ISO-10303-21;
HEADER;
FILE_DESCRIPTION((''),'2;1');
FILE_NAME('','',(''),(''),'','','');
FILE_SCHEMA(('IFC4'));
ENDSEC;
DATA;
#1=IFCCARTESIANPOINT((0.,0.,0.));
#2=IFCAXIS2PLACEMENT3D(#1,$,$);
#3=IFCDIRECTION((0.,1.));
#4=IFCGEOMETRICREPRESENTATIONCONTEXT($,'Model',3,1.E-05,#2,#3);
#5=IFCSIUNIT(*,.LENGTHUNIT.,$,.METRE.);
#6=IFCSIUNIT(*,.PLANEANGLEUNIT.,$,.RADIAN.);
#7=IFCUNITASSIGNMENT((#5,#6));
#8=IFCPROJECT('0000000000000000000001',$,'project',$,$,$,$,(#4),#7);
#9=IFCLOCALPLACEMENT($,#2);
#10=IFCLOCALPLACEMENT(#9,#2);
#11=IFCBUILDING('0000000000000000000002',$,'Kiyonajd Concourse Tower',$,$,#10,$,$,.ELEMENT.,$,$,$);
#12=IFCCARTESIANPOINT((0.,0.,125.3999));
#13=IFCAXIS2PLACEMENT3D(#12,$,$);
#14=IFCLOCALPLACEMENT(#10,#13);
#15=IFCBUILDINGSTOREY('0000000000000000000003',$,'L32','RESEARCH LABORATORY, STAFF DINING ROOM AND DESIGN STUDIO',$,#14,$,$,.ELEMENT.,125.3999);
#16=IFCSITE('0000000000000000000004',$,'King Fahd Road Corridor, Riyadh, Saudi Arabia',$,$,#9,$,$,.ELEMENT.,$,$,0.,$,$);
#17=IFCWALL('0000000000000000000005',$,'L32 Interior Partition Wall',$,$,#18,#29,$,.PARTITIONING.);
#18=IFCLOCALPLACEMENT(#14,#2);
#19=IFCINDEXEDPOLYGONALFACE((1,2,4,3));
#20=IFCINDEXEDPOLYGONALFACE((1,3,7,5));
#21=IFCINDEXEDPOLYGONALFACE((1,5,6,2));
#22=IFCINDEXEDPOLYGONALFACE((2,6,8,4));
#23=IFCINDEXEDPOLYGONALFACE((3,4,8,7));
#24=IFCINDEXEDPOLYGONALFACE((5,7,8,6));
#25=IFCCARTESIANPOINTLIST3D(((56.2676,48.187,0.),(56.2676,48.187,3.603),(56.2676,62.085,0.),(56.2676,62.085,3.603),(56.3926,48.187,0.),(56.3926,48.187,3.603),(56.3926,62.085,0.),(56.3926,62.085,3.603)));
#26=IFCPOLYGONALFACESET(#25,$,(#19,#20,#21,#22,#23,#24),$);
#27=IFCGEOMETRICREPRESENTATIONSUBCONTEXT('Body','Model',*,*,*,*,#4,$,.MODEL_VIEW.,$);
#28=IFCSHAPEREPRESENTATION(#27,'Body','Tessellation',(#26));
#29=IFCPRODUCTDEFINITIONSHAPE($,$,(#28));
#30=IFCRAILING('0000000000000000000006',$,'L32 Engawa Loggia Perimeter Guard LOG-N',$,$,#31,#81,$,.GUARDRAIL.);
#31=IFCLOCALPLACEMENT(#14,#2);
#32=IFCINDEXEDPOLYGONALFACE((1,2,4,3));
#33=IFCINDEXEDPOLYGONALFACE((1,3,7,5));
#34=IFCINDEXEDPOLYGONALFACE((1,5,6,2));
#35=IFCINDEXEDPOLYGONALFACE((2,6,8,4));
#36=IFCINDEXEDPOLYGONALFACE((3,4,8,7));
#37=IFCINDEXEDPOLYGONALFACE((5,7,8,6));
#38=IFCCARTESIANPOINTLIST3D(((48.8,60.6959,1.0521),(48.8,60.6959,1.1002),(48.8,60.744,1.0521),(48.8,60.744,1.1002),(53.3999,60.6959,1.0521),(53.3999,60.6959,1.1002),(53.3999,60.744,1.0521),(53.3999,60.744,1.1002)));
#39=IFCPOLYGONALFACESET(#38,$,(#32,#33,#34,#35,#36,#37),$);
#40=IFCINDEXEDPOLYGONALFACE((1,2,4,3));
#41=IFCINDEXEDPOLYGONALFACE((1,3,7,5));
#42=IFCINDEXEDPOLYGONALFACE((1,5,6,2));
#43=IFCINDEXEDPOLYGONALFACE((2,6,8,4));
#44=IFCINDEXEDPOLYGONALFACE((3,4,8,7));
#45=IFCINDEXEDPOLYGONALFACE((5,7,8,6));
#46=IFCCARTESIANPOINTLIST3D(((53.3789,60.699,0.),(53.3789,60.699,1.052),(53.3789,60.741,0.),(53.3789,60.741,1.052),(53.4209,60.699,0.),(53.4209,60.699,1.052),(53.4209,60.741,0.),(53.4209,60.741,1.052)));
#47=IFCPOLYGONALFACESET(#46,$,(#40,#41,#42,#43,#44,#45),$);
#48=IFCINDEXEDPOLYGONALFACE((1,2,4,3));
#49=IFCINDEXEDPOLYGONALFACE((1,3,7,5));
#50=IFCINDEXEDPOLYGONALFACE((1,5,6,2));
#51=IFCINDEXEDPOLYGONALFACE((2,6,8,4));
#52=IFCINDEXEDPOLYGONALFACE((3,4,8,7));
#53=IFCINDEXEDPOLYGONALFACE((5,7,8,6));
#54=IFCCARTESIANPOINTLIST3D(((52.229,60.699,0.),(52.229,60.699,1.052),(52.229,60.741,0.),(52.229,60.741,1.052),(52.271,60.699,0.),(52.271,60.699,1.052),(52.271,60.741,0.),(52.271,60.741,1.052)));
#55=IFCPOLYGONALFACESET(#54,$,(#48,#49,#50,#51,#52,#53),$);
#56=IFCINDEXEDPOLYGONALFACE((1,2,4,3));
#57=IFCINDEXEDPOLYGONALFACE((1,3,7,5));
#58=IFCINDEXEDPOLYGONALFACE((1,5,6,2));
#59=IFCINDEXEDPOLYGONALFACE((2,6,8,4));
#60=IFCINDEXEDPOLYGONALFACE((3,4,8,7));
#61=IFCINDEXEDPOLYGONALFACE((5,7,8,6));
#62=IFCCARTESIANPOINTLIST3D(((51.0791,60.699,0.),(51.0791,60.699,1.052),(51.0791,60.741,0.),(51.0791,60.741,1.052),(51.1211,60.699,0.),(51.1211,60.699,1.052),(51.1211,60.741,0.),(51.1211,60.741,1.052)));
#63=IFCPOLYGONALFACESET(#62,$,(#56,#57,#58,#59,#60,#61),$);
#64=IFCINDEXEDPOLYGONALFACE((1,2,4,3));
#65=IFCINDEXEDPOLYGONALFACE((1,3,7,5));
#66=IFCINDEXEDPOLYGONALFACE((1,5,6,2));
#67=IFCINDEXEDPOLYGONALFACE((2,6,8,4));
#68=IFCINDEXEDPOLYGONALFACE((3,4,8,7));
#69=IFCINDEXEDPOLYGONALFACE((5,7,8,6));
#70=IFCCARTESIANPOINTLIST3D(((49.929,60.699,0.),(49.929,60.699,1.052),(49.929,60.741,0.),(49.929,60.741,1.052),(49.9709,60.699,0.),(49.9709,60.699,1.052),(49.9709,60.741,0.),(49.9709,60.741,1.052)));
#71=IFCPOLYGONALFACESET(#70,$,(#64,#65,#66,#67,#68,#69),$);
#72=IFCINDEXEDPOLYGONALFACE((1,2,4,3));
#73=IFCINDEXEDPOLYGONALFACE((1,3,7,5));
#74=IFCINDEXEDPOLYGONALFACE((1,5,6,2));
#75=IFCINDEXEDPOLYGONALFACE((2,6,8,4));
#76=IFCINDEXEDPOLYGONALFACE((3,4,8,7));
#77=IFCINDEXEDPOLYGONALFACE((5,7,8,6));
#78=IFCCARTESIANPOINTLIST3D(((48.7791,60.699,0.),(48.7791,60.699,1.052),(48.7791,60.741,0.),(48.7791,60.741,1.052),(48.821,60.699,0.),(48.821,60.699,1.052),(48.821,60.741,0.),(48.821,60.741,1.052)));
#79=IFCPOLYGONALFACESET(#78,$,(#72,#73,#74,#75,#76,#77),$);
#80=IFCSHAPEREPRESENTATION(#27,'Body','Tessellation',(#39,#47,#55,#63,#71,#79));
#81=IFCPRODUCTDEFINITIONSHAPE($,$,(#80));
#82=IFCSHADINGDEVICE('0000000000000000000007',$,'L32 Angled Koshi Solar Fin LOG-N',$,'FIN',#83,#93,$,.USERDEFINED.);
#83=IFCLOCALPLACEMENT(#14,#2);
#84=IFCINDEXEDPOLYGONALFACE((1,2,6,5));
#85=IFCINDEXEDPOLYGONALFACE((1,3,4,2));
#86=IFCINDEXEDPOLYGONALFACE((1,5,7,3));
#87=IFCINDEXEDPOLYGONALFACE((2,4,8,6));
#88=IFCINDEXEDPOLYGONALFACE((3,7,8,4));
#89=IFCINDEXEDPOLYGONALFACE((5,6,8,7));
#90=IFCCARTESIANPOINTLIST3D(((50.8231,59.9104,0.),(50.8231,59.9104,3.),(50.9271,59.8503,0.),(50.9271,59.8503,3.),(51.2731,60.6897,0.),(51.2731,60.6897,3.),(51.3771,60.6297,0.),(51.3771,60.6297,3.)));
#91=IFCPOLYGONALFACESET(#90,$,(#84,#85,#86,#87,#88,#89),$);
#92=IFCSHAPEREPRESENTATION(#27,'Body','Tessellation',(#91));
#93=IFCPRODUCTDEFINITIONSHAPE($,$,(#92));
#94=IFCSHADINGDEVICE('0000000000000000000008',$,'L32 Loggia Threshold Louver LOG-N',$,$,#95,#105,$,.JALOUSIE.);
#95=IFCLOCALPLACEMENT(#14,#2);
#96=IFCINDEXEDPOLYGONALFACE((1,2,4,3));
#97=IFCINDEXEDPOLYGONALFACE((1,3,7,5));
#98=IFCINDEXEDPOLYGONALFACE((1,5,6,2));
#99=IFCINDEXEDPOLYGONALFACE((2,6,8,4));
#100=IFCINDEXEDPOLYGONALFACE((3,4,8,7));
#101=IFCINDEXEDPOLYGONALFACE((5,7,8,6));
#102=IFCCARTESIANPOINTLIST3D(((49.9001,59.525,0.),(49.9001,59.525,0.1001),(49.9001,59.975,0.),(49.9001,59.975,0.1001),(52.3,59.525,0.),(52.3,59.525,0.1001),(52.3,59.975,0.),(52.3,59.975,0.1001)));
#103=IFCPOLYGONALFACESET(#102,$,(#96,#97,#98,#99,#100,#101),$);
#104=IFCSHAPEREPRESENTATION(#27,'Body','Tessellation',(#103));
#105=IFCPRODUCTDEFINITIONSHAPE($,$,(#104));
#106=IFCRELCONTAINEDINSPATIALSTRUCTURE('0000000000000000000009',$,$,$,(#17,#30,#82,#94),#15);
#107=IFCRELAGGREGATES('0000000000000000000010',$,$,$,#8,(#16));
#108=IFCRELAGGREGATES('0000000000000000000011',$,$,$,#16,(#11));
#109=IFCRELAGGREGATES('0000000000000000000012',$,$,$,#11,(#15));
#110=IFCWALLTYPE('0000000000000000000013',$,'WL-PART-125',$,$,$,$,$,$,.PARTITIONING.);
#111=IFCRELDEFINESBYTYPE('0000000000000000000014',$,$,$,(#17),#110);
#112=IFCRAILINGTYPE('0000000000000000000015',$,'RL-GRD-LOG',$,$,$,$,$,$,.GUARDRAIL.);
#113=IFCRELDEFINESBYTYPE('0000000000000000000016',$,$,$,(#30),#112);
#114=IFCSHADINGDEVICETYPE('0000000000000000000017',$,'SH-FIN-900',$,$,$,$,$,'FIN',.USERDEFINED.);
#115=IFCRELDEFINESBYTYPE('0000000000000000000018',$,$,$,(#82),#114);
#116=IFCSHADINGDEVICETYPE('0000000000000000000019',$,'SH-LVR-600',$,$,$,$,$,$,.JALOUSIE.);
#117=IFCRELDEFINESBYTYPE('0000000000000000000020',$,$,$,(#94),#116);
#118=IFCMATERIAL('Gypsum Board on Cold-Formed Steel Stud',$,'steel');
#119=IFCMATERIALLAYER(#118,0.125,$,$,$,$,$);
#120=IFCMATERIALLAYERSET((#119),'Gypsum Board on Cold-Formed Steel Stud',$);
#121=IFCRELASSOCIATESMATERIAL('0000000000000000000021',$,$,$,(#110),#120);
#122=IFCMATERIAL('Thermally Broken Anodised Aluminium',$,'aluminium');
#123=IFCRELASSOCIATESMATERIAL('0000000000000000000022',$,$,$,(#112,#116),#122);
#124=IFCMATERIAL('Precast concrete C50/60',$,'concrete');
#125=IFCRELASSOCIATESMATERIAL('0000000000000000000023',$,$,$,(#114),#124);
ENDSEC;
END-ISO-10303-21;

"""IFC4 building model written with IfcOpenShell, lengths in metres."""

from ifc_helpers import new_model, si_unit, direction, frame, frame_2d, origin, origin_2d, place, context, subcontext, project, spatial, rectangle, extrude, material, layer, layer_set, type_object, element, save


model = new_model("IFC4")

# Units and contexts
model_context = context("Model", 3, precision=1e-05, world=origin(), true_north=direction((0.0, 1.0)))
body_context = subcontext(model_context, "Body", "Model", "MODEL_VIEW")
ifc_project = project(units=[si_unit("LENGTHUNIT", "METRE"), si_unit("PLANEANGLEUNIT", "RADIAN")], contexts=[model_context])

# Site, building, storey
site_placement = place(None, origin())
site = spatial("IfcSite", under=ifc_project, at=site_placement, Name="King Fahd Road Corridor, Riyadh, Saudi Arabia", CompositionType="ELEMENT", RefElevation=0.0)
building_placement = place(site_placement, origin())
building = spatial("IfcBuilding", under=site, at=building_placement, Name="Kiyonajd Concourse Tower", CompositionType="ELEMENT")
storey_placement = place(building_placement, frame((0.0, 0.0, 125.3999)))
storey = spatial("IfcBuildingStorey", under=building, at=storey_placement, Name="L32", Description="RESEARCH LABORATORY, STAFF DINING ROOM AND DESIGN STUDIO", CompositionType="ELEMENT", Elevation=125.3999)

# Shared definitions
ifc_material_1 = material(Name="Precast concrete C50/60", Category="concrete")

# Shared definitions
ifc_material_2 = material(Name="Thermally Broken Anodised Aluminium", Category="aluminium")

# Wall
ifc_material_3 = material(Name="Gypsum Board on Cold-Formed Steel Stud", Category="steel")
ifc_layer_1 = layer(ifc_material_3, 0.125)
ifc_layer_set_1 = layer_set([ifc_layer_1], Name="Gypsum Board on Cold-Formed Steel Stud")
wall_type_1 = type_object("IfcWallType", Name="WL-PART-125", PredefinedType="PARTITIONING", material=ifc_layer_set_1)
wall_1_placement = place(storey_placement, frame((56.3301, 48.187, 0.0), z_axis=(0.0, 0.0, 1.0), x_axis=(0.0, 1.0, 0.0)))
element("IfcWall", 1, at=wall_1_placement, inside=storey, type_object=wall_type_1, Name="L32 Interior Partition Wall", PredefinedType="PARTITIONING", context=body_context, shape_type="SweptSolid", body=[
    extrude(rectangle(XDim=13.8979, YDim=0.125, at=frame_2d((6.949, 0.0))), origin(), (0.0, 0.0, 1.0), 3.603),
])

# Railing
railing_type = type_object("IfcRailingType", Name="RL-GRD-LOG", PredefinedType="GUARDRAIL", material=ifc_material_2)
railing_placement = place(storey_placement, frame((53.3999, 60.72, 0.0)))
element("IfcRailing", 2, at=railing_placement, inside=storey, type_object=railing_type, Name="L32 Engawa Loggia Perimeter Guard LOG-N", PredefinedType="GUARDRAIL", context=body_context, shape_type="SweptSolid", body=[
    extrude(rectangle(XDim=0.0481, YDim=0.0481, at=origin_2d()), frame((0.0, 0.0, 1.0762), z_axis=(-1.0, 0.0, 0.0), x_axis=(0.0, -1.0, 0.0)), (0.0, 0.0, 1.0), 4.5999),
    extrude(rectangle(XDim=0.042, YDim=0.042, at=origin_2d()), origin(), (0.0, 0.0, 1.0), 1.052),
    extrude(rectangle(XDim=0.042, YDim=0.042, at=origin_2d()), frame((-1.1499, 0.0, 0.0)), (0.0, 0.0, 1.0), 1.052),
    extrude(rectangle(XDim=0.042, YDim=0.042, at=origin_2d()), frame((-2.2998, 0.0, 0.0)), (0.0, 0.0, 1.0), 1.052),
    extrude(rectangle(XDim=0.042, YDim=0.042, at=origin_2d()), frame((-3.45, 0.0, 0.0)), (0.0, 0.0, 1.0), 1.052),
    extrude(rectangle(XDim=0.042, YDim=0.042, at=origin_2d()), frame((-4.5999, 0.0, 0.0)), (0.0, 0.0, 1.0), 1.052),
])

# Shading devices
shading_device_type_1 = type_object("IfcShadingDeviceType", Name="SH-FIN-900", ElementType="FIN", PredefinedType="USERDEFINED", material=ifc_material_1)
shading_device_1_placement = place(storey_placement, frame((51.1001, 60.27, 0.0), z_axis=(0.0, 0.0, 1.0), x_axis=(0.5, 0.866025, 0.0)))
element("IfcShadingDevice", 3, at=shading_device_1_placement, inside=storey, type_object=shading_device_type_1, Name="L32 Angled Koshi Solar Fin LOG-N", ObjectType="FIN", PredefinedType="USERDEFINED", context=body_context, shape_type="SweptSolid", body=[
    extrude(rectangle(XDim=0.8999, YDim=0.1201, at=origin_2d()), origin(), (0.0, 0.0, 1.0), 3.0),
])
shading_device_type_2 = type_object("IfcShadingDeviceType", Name="SH-LVR-600", PredefinedType="JALOUSIE", material=ifc_material_2)
shading_device_2_placement = place(storey_placement, frame((51.1001, 59.75, 0.0), z_axis=(0.0, 0.0, 1.0), x_axis=(1.0, 0.0, 0.0)))
element("IfcShadingDevice", 4, at=shading_device_2_placement, inside=storey, type_object=shading_device_type_2, Name="L32 Loggia Threshold Louver LOG-N", PredefinedType="JALOUSIE", context=body_context, shape_type="SweptSolid", body=[
    extrude(rectangle(XDim=2.3999, YDim=0.45, at=origin_2d()), origin(), (0.0, 0.0, 1.0), 0.1001),
])

save(model, "model.ifc")
